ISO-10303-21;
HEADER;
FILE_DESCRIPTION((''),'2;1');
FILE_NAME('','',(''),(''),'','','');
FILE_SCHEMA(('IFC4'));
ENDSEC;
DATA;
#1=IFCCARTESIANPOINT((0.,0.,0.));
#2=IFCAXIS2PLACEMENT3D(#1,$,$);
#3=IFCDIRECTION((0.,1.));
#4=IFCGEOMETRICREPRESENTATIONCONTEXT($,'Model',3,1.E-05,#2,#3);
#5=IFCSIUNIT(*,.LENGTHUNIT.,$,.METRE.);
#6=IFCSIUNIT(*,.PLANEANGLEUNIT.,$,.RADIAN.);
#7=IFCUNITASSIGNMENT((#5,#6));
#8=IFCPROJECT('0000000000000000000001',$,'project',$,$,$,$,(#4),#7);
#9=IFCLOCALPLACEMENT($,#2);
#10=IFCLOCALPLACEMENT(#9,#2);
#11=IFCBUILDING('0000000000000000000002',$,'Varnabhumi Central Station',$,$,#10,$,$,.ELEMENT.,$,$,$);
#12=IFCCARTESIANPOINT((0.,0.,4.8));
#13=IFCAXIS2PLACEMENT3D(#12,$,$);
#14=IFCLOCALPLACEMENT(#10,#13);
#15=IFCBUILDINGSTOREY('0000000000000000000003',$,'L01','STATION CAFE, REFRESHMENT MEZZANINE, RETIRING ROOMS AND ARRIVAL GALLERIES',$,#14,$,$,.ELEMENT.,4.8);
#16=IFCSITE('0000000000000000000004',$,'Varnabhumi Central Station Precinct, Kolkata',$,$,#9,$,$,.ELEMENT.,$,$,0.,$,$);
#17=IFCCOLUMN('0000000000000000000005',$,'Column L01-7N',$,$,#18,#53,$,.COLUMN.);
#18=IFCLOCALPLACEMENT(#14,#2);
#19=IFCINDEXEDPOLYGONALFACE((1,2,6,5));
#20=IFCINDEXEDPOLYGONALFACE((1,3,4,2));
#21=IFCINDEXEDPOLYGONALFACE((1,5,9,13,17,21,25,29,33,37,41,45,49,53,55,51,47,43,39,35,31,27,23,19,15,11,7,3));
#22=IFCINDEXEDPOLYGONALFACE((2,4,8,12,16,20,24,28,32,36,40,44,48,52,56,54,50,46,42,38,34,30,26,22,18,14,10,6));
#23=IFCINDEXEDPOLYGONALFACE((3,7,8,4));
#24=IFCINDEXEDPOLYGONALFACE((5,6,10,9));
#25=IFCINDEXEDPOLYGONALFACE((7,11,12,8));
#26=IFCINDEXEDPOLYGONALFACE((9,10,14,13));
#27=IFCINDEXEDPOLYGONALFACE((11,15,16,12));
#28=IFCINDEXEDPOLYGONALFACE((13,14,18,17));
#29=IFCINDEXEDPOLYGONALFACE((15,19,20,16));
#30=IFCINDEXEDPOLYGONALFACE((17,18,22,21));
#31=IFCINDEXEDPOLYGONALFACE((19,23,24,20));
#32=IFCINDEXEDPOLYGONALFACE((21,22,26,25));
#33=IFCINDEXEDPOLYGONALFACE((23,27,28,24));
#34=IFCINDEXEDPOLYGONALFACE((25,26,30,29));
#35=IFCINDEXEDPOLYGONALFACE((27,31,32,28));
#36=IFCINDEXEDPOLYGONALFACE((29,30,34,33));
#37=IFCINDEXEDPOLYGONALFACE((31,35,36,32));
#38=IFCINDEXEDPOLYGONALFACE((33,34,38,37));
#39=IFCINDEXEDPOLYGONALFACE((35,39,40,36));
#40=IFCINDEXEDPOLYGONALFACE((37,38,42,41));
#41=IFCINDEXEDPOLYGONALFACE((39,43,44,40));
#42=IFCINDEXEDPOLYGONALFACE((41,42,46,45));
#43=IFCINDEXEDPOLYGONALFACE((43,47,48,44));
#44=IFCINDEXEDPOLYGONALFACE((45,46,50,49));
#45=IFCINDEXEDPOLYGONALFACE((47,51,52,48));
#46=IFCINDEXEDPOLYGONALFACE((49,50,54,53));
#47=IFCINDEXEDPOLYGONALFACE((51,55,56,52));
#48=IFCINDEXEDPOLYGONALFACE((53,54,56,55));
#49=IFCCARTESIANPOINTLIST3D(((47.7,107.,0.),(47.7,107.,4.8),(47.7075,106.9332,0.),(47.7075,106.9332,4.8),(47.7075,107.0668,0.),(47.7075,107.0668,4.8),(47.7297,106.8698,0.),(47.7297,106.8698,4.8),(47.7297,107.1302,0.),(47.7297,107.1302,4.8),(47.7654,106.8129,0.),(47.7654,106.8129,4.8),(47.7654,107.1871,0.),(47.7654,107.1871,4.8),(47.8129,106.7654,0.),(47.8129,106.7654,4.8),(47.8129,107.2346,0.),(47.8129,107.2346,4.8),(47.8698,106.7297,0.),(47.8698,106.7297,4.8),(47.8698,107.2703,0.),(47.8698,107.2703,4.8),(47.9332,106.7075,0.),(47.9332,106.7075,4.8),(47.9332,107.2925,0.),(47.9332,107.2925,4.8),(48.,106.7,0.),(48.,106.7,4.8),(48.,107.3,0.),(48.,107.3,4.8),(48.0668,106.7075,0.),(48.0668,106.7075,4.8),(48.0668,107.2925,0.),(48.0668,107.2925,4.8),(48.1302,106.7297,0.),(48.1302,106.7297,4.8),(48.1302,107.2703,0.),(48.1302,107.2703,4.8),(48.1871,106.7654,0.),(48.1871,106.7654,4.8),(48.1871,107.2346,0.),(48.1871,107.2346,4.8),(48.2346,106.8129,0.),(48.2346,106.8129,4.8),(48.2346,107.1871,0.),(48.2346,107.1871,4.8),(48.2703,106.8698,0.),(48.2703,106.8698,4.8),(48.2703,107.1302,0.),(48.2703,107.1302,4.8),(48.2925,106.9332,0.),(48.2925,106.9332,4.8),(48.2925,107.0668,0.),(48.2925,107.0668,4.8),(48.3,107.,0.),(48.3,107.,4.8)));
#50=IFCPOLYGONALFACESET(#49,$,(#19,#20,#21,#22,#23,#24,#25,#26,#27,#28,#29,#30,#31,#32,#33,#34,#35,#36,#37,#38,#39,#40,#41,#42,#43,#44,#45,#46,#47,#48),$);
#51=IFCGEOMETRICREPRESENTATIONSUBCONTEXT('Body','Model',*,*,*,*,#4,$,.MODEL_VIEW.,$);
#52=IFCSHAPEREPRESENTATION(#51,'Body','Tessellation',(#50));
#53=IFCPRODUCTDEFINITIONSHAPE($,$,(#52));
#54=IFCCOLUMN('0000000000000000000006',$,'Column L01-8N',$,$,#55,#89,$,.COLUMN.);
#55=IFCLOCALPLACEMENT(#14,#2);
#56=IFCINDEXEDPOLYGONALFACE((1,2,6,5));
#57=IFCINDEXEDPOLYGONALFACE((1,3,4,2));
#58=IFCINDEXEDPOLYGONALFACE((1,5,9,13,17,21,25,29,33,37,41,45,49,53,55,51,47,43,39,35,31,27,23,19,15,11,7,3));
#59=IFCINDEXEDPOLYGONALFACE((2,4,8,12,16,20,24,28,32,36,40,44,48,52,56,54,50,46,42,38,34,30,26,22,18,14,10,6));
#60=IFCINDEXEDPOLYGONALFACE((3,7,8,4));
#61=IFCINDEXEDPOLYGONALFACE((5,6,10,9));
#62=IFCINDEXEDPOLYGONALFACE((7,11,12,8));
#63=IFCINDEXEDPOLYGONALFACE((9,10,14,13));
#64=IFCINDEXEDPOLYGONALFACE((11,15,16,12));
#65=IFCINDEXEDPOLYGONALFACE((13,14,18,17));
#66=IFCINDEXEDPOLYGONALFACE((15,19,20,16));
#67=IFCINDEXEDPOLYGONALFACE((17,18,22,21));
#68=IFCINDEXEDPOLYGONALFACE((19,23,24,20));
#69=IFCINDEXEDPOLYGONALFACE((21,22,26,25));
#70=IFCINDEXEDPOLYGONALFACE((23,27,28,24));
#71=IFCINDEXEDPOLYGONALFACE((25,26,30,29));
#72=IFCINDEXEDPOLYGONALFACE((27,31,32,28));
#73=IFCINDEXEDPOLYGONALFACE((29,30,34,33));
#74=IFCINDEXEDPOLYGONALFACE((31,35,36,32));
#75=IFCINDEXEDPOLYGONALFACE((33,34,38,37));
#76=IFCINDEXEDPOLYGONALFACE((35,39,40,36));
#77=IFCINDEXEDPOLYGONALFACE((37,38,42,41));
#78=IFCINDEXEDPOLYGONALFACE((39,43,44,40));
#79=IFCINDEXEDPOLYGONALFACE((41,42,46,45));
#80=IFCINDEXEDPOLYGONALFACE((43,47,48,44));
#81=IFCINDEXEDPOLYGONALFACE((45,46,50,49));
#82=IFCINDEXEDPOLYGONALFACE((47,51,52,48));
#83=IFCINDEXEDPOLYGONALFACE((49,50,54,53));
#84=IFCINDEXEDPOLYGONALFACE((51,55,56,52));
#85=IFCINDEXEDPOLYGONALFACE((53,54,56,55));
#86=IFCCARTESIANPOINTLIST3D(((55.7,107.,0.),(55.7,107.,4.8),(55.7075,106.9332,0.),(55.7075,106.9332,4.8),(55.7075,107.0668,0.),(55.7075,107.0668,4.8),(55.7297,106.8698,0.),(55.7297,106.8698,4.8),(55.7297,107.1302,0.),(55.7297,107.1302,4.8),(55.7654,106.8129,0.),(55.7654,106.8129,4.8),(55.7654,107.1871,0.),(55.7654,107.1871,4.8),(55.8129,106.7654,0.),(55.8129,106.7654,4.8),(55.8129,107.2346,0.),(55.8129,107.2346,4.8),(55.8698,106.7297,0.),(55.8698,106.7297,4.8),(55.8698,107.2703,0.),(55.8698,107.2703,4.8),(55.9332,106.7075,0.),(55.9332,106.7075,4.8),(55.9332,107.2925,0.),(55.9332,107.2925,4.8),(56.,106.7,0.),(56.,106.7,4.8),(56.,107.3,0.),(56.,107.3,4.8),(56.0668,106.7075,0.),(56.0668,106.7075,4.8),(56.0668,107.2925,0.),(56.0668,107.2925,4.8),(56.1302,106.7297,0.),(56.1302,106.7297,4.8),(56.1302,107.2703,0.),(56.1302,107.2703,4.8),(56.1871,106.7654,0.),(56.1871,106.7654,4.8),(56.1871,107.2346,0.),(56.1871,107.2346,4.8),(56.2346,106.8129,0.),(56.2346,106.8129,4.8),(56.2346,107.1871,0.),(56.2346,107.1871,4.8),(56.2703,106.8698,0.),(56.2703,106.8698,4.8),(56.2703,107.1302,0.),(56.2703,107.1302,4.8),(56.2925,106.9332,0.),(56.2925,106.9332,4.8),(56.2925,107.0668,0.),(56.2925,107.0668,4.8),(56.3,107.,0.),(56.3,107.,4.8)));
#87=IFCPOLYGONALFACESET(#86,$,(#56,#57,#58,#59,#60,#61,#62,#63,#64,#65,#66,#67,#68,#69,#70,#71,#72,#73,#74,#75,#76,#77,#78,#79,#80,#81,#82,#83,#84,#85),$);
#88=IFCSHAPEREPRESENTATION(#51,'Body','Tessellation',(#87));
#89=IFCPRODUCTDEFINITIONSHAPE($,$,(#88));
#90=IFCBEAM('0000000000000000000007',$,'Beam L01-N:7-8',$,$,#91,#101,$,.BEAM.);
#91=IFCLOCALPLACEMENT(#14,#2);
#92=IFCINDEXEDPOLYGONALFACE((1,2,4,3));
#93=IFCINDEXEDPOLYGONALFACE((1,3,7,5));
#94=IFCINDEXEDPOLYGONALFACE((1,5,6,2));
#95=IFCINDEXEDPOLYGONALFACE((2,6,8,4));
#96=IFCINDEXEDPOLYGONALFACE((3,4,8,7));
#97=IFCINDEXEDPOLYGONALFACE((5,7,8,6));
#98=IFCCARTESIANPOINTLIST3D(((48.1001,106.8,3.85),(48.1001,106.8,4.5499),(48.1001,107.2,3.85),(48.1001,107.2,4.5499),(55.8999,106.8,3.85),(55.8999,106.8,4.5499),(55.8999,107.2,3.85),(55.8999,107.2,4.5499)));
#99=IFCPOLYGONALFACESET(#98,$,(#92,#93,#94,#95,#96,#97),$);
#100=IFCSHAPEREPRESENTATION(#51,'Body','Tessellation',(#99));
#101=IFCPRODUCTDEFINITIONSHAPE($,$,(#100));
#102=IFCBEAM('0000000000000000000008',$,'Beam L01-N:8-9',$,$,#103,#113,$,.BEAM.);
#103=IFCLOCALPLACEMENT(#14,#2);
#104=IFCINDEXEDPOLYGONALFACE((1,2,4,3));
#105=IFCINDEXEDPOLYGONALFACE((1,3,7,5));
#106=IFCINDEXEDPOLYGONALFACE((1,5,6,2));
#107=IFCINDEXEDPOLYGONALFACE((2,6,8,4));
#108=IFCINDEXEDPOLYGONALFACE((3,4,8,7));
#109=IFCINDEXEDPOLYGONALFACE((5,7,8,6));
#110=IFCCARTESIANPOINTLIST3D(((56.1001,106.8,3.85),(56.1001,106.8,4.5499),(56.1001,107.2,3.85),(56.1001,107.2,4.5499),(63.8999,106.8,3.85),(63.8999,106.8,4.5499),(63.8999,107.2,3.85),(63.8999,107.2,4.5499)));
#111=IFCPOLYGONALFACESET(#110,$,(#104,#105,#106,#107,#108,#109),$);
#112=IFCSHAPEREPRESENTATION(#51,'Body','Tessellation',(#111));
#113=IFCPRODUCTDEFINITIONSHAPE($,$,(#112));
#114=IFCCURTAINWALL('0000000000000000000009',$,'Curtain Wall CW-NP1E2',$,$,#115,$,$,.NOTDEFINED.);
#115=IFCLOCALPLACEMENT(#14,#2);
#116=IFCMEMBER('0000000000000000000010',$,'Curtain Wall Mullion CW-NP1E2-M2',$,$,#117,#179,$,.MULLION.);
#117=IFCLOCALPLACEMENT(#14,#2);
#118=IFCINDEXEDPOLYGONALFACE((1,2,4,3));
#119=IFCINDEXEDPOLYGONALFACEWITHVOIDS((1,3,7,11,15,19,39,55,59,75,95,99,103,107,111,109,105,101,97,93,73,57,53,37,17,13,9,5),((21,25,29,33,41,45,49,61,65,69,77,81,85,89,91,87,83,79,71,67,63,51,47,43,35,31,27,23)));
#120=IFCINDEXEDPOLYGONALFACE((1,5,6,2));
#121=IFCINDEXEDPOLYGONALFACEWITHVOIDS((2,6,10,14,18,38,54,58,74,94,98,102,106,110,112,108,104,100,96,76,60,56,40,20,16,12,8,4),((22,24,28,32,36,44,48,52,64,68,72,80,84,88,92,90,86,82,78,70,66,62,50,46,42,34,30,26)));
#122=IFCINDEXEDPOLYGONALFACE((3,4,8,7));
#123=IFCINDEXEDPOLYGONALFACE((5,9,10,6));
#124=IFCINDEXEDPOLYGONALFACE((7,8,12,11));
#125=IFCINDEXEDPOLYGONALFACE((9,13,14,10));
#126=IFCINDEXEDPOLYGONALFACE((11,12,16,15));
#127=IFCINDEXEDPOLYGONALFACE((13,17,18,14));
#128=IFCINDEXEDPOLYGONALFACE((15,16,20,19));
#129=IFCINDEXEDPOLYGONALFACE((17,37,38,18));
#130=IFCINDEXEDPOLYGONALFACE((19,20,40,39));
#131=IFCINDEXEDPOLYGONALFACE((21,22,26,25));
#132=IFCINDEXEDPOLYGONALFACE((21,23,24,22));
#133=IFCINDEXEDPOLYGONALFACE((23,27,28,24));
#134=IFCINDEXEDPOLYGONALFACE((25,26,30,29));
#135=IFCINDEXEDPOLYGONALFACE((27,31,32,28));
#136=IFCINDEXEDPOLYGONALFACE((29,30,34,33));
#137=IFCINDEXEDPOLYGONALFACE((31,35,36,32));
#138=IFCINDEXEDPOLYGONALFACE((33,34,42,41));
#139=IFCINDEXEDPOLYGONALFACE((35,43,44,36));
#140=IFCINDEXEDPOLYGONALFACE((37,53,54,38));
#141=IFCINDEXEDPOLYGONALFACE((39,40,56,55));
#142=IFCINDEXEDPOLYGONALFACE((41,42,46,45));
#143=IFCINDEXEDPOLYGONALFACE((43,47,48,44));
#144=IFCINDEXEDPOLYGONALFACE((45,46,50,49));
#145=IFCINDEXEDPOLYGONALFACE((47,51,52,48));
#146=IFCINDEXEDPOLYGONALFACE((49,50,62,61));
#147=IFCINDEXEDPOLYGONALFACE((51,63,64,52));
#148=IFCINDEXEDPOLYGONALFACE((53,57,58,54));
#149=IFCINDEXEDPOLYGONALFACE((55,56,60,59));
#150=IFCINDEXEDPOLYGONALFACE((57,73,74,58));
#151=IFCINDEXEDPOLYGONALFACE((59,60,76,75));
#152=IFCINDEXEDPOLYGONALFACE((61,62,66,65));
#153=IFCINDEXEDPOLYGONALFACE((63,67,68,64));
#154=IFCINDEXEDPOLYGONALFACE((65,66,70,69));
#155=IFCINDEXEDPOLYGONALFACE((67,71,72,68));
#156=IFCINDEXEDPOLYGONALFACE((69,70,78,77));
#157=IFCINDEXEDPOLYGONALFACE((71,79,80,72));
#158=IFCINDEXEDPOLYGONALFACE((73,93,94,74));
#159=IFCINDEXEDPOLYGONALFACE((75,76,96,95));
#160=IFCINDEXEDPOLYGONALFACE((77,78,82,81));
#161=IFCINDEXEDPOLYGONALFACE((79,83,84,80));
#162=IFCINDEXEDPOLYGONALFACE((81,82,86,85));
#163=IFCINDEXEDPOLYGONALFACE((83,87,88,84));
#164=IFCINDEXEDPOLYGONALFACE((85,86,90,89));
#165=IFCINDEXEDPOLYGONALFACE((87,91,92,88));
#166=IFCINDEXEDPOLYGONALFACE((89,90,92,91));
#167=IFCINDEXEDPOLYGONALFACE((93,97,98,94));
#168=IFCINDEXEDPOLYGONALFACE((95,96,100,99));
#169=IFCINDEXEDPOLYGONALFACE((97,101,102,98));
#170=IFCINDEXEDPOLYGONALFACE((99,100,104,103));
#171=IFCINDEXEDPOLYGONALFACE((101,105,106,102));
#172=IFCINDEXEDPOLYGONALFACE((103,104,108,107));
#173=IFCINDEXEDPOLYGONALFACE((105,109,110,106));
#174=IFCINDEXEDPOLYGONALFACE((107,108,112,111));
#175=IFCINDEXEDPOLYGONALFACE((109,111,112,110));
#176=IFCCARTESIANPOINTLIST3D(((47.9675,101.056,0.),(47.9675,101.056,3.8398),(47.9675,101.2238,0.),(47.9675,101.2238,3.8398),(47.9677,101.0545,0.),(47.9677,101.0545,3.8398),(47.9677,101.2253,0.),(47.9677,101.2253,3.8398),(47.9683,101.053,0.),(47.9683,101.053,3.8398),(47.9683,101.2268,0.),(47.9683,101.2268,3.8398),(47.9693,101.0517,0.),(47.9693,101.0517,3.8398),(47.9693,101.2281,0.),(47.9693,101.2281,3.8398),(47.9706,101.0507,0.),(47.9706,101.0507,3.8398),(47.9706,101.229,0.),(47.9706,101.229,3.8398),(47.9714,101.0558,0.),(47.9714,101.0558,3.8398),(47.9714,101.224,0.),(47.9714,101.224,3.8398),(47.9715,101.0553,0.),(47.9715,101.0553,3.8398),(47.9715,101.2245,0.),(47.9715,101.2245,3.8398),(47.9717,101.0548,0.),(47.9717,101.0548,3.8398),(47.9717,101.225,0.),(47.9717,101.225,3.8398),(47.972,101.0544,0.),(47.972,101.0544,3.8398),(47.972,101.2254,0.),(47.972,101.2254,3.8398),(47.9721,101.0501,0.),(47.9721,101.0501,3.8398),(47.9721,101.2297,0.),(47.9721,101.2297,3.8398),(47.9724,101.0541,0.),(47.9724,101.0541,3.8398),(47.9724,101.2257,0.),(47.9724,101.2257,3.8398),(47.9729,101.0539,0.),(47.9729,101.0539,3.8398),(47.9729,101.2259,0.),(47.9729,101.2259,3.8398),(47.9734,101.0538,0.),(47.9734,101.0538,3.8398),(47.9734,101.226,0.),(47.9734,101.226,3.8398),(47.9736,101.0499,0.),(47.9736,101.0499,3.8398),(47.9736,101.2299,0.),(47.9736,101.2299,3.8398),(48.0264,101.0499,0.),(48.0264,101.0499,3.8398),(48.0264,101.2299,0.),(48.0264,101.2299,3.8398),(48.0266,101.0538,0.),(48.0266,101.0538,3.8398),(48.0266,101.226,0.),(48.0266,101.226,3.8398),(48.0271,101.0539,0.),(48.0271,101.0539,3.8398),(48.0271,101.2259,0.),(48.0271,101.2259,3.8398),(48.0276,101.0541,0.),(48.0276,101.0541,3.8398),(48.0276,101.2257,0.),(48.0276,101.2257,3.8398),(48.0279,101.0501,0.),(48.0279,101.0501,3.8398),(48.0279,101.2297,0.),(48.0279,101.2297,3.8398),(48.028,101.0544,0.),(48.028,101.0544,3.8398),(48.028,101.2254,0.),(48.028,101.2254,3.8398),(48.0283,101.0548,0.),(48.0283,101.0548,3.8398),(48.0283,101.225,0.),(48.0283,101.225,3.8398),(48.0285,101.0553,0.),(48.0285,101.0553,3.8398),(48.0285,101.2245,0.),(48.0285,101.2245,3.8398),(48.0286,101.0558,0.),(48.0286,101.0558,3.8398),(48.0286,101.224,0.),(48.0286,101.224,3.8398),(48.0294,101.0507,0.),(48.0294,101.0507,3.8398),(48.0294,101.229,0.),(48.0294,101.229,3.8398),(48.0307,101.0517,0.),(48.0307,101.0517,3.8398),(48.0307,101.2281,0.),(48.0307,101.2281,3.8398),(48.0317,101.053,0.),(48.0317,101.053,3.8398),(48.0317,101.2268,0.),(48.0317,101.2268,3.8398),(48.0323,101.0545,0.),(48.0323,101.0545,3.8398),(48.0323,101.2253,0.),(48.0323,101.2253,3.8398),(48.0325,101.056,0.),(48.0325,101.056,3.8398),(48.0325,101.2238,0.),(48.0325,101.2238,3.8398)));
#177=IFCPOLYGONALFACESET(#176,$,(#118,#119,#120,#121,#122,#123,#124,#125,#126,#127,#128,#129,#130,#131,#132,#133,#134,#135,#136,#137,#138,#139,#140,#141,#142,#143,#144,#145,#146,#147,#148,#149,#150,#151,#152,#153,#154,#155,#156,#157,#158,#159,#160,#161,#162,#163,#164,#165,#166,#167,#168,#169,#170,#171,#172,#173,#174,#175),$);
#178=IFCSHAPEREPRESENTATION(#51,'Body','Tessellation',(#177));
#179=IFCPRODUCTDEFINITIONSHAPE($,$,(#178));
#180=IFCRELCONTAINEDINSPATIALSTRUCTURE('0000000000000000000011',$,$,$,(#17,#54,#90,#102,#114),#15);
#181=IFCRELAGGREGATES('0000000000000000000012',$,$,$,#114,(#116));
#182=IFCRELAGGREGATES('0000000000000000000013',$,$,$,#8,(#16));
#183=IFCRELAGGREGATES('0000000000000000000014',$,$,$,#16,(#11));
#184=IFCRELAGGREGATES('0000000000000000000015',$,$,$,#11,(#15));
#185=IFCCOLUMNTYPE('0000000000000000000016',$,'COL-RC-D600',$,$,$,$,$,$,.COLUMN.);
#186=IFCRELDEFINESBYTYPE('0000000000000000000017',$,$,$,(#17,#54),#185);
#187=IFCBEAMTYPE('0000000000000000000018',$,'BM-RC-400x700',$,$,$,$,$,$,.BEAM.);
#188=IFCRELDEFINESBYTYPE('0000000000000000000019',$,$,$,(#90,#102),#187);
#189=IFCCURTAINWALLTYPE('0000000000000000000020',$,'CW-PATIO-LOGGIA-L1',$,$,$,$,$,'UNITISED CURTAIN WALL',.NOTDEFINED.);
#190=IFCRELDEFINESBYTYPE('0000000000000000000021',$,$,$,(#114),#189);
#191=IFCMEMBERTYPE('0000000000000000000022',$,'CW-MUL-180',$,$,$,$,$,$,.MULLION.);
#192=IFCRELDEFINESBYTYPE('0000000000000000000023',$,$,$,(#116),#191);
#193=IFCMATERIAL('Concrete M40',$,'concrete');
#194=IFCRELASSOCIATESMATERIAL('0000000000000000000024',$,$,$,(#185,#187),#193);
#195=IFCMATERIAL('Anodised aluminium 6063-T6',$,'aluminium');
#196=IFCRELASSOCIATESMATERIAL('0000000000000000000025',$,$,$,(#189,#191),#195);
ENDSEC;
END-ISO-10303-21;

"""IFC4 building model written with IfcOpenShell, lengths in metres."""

from ifc_helpers import new_model, si_unit, direction, frame, origin, origin_2d, place, context, subcontext, project, spatial, rectangle, hollow_rectangle, circle, extrude, material, material_profile, profile_set, type_object, element, aggregate, save


model = new_model("IFC4")

# Units and contexts
model_context = context("Model", 3, precision=1e-05, world=origin(), true_north=direction((0.0, 1.0)))
body_context = subcontext(model_context, "Body", "Model", "MODEL_VIEW")
ifc_project = project(units=[si_unit("LENGTHUNIT", "METRE"), si_unit("PLANEANGLEUNIT", "RADIAN")], contexts=[model_context])

# Site, building, storey
site_placement = place(None, origin())
site = spatial("IfcSite", under=ifc_project, at=site_placement, Name="Varnabhumi Central Station Precinct, Kolkata", CompositionType="ELEMENT", RefElevation=0.0)
building_placement = place(site_placement, origin())
building = spatial("IfcBuilding", under=site, at=building_placement, Name="Varnabhumi Central Station", CompositionType="ELEMENT")
storey_placement = place(building_placement, frame((0.0, 0.0, 4.8)))
storey = spatial("IfcBuildingStorey", under=building, at=storey_placement, Name="L01", Description="STATION CAFE, REFRESHMENT MEZZANINE, RETIRING ROOMS AND ARRIVAL GALLERIES", CompositionType="ELEMENT", Elevation=4.8)

# Columns
ifc_material_1 = material(Name="Concrete M40", Category="concrete")
ifc_material_profile_1 = material_profile(ifc_material_1, circle(Radius=0.3, at=origin_2d()), Name="Concrete M40", Category="concrete")
ifc_profile_set_1 = profile_set([ifc_material_profile_1], Name="Concrete M40")
column_type = type_object("IfcColumnType", Name="COL-RC-D600", PredefinedType="COLUMN", material=ifc_profile_set_1)
for number, where, z_axis, x_axis, name in (
    (1, (48.0, 107.0, 0.0), (0.0, 0.0, 1.0), (1.0, 0.0, 0.0), "Column L01-7N"),
    (2, (56.0, 107.0, 0.0), (0.0, 0.0, 1.0), (1.0, 0.0, 0.0), "Column L01-8N"),
):
    element("IfcColumn", number, at=place(storey_placement, frame(where, z_axis=z_axis, x_axis=x_axis)), inside=storey, type_object=column_type, Name=name, PredefinedType="COLUMN", context=body_context, shape_type="SweptSolid", body=[
        extrude(circle(Radius=0.3, at=origin_2d()), origin(), (0.0, 0.0, 1.0), 4.8),
    ])

# Beams
ifc_material_profile_2 = material_profile(ifc_material_1, rectangle(XDim=0.3999, YDim=0.7, at=origin_2d()), Name="Concrete M40", Category="concrete")
ifc_profile_set_2 = profile_set([ifc_material_profile_2], Name="Concrete M40")
beam_type = type_object("IfcBeamType", Name="BM-RC-400x700", PredefinedType="BEAM", material=ifc_profile_set_2)
for number, where, z_axis, x_axis, name in (
    (3, (48.1001, 107.0, 4.2), (1.0, 0.0, 0.0), (0.0, 1.0, 0.0), "Beam L01-N:7-8"),
    (4, (56.1001, 107.0, 4.2), (1.0, 0.0, 0.0), (0.0, 1.0, 0.0), "Beam L01-N:8-9"),
):
    element("IfcBeam", number, at=place(storey_placement, frame(where, z_axis=z_axis, x_axis=x_axis)), inside=storey, type_object=beam_type, Name=name, PredefinedType="BEAM", context=body_context, shape_type="SweptSolid", body=[
        extrude(rectangle(XDim=0.3999, YDim=0.7, at=origin_2d()), origin(), (0.0, 0.0, 1.0), 7.7998),
    ])

# Curtain wall, member
ifc_material_2 = material(Name="Anodised aluminium 6063-T6", Category="aluminium")
curtain_wall_type = type_object("IfcCurtainWallType", Name="CW-PATIO-LOGGIA-L1", ElementType="UNITISED CURTAIN WALL", PredefinedType="NOTDEFINED", material=ifc_material_2)
curtain_wall_1_placement = place(storey_placement, origin())
curtain_wall_1 = element("IfcCurtainWall", 5, at=curtain_wall_1_placement, inside=storey, type_object=curtain_wall_type, Name="Curtain Wall CW-NP1E2", PredefinedType="NOTDEFINED")
ifc_material_profile_3 = material_profile(ifc_material_2, hollow_rectangle(XDim=0.0649, YDim=0.1799, WallThickness=0.0039, InnerFilletRadius=0.002, OuterFilletRadius=0.0061, at=origin_2d()), Name="Anodised aluminium 6063-T6", Category="aluminium")
ifc_profile_set_3 = profile_set([ifc_material_profile_3], Name="Anodised aluminium 6063-T6")
member_type_1 = type_object("IfcMemberType", Name="CW-MUL-180", PredefinedType="MULLION", material=ifc_profile_set_3)
member_1_placement = place(storey_placement, frame((48.0, 101.1399, 0.0), z_axis=(0.0, 0.0, 1.0), x_axis=(1.0, 0.0, 0.0)))
member_1 = element("IfcMember", 6, at=member_1_placement, type_object=member_type_1, Name="Curtain Wall Mullion CW-NP1E2-M2", PredefinedType="MULLION", context=body_context, shape_type="SweptSolid", body=[
    extrude(hollow_rectangle(XDim=0.0649, YDim=0.1799, WallThickness=0.0039, InnerFilletRadius=0.002, OuterFilletRadius=0.0061, at=origin_2d()), origin(), (0.0, 0.0, 1.0), 3.8398),
])

aggregate(curtain_wall_1, [member_1])

save(model, "model.ifc")
